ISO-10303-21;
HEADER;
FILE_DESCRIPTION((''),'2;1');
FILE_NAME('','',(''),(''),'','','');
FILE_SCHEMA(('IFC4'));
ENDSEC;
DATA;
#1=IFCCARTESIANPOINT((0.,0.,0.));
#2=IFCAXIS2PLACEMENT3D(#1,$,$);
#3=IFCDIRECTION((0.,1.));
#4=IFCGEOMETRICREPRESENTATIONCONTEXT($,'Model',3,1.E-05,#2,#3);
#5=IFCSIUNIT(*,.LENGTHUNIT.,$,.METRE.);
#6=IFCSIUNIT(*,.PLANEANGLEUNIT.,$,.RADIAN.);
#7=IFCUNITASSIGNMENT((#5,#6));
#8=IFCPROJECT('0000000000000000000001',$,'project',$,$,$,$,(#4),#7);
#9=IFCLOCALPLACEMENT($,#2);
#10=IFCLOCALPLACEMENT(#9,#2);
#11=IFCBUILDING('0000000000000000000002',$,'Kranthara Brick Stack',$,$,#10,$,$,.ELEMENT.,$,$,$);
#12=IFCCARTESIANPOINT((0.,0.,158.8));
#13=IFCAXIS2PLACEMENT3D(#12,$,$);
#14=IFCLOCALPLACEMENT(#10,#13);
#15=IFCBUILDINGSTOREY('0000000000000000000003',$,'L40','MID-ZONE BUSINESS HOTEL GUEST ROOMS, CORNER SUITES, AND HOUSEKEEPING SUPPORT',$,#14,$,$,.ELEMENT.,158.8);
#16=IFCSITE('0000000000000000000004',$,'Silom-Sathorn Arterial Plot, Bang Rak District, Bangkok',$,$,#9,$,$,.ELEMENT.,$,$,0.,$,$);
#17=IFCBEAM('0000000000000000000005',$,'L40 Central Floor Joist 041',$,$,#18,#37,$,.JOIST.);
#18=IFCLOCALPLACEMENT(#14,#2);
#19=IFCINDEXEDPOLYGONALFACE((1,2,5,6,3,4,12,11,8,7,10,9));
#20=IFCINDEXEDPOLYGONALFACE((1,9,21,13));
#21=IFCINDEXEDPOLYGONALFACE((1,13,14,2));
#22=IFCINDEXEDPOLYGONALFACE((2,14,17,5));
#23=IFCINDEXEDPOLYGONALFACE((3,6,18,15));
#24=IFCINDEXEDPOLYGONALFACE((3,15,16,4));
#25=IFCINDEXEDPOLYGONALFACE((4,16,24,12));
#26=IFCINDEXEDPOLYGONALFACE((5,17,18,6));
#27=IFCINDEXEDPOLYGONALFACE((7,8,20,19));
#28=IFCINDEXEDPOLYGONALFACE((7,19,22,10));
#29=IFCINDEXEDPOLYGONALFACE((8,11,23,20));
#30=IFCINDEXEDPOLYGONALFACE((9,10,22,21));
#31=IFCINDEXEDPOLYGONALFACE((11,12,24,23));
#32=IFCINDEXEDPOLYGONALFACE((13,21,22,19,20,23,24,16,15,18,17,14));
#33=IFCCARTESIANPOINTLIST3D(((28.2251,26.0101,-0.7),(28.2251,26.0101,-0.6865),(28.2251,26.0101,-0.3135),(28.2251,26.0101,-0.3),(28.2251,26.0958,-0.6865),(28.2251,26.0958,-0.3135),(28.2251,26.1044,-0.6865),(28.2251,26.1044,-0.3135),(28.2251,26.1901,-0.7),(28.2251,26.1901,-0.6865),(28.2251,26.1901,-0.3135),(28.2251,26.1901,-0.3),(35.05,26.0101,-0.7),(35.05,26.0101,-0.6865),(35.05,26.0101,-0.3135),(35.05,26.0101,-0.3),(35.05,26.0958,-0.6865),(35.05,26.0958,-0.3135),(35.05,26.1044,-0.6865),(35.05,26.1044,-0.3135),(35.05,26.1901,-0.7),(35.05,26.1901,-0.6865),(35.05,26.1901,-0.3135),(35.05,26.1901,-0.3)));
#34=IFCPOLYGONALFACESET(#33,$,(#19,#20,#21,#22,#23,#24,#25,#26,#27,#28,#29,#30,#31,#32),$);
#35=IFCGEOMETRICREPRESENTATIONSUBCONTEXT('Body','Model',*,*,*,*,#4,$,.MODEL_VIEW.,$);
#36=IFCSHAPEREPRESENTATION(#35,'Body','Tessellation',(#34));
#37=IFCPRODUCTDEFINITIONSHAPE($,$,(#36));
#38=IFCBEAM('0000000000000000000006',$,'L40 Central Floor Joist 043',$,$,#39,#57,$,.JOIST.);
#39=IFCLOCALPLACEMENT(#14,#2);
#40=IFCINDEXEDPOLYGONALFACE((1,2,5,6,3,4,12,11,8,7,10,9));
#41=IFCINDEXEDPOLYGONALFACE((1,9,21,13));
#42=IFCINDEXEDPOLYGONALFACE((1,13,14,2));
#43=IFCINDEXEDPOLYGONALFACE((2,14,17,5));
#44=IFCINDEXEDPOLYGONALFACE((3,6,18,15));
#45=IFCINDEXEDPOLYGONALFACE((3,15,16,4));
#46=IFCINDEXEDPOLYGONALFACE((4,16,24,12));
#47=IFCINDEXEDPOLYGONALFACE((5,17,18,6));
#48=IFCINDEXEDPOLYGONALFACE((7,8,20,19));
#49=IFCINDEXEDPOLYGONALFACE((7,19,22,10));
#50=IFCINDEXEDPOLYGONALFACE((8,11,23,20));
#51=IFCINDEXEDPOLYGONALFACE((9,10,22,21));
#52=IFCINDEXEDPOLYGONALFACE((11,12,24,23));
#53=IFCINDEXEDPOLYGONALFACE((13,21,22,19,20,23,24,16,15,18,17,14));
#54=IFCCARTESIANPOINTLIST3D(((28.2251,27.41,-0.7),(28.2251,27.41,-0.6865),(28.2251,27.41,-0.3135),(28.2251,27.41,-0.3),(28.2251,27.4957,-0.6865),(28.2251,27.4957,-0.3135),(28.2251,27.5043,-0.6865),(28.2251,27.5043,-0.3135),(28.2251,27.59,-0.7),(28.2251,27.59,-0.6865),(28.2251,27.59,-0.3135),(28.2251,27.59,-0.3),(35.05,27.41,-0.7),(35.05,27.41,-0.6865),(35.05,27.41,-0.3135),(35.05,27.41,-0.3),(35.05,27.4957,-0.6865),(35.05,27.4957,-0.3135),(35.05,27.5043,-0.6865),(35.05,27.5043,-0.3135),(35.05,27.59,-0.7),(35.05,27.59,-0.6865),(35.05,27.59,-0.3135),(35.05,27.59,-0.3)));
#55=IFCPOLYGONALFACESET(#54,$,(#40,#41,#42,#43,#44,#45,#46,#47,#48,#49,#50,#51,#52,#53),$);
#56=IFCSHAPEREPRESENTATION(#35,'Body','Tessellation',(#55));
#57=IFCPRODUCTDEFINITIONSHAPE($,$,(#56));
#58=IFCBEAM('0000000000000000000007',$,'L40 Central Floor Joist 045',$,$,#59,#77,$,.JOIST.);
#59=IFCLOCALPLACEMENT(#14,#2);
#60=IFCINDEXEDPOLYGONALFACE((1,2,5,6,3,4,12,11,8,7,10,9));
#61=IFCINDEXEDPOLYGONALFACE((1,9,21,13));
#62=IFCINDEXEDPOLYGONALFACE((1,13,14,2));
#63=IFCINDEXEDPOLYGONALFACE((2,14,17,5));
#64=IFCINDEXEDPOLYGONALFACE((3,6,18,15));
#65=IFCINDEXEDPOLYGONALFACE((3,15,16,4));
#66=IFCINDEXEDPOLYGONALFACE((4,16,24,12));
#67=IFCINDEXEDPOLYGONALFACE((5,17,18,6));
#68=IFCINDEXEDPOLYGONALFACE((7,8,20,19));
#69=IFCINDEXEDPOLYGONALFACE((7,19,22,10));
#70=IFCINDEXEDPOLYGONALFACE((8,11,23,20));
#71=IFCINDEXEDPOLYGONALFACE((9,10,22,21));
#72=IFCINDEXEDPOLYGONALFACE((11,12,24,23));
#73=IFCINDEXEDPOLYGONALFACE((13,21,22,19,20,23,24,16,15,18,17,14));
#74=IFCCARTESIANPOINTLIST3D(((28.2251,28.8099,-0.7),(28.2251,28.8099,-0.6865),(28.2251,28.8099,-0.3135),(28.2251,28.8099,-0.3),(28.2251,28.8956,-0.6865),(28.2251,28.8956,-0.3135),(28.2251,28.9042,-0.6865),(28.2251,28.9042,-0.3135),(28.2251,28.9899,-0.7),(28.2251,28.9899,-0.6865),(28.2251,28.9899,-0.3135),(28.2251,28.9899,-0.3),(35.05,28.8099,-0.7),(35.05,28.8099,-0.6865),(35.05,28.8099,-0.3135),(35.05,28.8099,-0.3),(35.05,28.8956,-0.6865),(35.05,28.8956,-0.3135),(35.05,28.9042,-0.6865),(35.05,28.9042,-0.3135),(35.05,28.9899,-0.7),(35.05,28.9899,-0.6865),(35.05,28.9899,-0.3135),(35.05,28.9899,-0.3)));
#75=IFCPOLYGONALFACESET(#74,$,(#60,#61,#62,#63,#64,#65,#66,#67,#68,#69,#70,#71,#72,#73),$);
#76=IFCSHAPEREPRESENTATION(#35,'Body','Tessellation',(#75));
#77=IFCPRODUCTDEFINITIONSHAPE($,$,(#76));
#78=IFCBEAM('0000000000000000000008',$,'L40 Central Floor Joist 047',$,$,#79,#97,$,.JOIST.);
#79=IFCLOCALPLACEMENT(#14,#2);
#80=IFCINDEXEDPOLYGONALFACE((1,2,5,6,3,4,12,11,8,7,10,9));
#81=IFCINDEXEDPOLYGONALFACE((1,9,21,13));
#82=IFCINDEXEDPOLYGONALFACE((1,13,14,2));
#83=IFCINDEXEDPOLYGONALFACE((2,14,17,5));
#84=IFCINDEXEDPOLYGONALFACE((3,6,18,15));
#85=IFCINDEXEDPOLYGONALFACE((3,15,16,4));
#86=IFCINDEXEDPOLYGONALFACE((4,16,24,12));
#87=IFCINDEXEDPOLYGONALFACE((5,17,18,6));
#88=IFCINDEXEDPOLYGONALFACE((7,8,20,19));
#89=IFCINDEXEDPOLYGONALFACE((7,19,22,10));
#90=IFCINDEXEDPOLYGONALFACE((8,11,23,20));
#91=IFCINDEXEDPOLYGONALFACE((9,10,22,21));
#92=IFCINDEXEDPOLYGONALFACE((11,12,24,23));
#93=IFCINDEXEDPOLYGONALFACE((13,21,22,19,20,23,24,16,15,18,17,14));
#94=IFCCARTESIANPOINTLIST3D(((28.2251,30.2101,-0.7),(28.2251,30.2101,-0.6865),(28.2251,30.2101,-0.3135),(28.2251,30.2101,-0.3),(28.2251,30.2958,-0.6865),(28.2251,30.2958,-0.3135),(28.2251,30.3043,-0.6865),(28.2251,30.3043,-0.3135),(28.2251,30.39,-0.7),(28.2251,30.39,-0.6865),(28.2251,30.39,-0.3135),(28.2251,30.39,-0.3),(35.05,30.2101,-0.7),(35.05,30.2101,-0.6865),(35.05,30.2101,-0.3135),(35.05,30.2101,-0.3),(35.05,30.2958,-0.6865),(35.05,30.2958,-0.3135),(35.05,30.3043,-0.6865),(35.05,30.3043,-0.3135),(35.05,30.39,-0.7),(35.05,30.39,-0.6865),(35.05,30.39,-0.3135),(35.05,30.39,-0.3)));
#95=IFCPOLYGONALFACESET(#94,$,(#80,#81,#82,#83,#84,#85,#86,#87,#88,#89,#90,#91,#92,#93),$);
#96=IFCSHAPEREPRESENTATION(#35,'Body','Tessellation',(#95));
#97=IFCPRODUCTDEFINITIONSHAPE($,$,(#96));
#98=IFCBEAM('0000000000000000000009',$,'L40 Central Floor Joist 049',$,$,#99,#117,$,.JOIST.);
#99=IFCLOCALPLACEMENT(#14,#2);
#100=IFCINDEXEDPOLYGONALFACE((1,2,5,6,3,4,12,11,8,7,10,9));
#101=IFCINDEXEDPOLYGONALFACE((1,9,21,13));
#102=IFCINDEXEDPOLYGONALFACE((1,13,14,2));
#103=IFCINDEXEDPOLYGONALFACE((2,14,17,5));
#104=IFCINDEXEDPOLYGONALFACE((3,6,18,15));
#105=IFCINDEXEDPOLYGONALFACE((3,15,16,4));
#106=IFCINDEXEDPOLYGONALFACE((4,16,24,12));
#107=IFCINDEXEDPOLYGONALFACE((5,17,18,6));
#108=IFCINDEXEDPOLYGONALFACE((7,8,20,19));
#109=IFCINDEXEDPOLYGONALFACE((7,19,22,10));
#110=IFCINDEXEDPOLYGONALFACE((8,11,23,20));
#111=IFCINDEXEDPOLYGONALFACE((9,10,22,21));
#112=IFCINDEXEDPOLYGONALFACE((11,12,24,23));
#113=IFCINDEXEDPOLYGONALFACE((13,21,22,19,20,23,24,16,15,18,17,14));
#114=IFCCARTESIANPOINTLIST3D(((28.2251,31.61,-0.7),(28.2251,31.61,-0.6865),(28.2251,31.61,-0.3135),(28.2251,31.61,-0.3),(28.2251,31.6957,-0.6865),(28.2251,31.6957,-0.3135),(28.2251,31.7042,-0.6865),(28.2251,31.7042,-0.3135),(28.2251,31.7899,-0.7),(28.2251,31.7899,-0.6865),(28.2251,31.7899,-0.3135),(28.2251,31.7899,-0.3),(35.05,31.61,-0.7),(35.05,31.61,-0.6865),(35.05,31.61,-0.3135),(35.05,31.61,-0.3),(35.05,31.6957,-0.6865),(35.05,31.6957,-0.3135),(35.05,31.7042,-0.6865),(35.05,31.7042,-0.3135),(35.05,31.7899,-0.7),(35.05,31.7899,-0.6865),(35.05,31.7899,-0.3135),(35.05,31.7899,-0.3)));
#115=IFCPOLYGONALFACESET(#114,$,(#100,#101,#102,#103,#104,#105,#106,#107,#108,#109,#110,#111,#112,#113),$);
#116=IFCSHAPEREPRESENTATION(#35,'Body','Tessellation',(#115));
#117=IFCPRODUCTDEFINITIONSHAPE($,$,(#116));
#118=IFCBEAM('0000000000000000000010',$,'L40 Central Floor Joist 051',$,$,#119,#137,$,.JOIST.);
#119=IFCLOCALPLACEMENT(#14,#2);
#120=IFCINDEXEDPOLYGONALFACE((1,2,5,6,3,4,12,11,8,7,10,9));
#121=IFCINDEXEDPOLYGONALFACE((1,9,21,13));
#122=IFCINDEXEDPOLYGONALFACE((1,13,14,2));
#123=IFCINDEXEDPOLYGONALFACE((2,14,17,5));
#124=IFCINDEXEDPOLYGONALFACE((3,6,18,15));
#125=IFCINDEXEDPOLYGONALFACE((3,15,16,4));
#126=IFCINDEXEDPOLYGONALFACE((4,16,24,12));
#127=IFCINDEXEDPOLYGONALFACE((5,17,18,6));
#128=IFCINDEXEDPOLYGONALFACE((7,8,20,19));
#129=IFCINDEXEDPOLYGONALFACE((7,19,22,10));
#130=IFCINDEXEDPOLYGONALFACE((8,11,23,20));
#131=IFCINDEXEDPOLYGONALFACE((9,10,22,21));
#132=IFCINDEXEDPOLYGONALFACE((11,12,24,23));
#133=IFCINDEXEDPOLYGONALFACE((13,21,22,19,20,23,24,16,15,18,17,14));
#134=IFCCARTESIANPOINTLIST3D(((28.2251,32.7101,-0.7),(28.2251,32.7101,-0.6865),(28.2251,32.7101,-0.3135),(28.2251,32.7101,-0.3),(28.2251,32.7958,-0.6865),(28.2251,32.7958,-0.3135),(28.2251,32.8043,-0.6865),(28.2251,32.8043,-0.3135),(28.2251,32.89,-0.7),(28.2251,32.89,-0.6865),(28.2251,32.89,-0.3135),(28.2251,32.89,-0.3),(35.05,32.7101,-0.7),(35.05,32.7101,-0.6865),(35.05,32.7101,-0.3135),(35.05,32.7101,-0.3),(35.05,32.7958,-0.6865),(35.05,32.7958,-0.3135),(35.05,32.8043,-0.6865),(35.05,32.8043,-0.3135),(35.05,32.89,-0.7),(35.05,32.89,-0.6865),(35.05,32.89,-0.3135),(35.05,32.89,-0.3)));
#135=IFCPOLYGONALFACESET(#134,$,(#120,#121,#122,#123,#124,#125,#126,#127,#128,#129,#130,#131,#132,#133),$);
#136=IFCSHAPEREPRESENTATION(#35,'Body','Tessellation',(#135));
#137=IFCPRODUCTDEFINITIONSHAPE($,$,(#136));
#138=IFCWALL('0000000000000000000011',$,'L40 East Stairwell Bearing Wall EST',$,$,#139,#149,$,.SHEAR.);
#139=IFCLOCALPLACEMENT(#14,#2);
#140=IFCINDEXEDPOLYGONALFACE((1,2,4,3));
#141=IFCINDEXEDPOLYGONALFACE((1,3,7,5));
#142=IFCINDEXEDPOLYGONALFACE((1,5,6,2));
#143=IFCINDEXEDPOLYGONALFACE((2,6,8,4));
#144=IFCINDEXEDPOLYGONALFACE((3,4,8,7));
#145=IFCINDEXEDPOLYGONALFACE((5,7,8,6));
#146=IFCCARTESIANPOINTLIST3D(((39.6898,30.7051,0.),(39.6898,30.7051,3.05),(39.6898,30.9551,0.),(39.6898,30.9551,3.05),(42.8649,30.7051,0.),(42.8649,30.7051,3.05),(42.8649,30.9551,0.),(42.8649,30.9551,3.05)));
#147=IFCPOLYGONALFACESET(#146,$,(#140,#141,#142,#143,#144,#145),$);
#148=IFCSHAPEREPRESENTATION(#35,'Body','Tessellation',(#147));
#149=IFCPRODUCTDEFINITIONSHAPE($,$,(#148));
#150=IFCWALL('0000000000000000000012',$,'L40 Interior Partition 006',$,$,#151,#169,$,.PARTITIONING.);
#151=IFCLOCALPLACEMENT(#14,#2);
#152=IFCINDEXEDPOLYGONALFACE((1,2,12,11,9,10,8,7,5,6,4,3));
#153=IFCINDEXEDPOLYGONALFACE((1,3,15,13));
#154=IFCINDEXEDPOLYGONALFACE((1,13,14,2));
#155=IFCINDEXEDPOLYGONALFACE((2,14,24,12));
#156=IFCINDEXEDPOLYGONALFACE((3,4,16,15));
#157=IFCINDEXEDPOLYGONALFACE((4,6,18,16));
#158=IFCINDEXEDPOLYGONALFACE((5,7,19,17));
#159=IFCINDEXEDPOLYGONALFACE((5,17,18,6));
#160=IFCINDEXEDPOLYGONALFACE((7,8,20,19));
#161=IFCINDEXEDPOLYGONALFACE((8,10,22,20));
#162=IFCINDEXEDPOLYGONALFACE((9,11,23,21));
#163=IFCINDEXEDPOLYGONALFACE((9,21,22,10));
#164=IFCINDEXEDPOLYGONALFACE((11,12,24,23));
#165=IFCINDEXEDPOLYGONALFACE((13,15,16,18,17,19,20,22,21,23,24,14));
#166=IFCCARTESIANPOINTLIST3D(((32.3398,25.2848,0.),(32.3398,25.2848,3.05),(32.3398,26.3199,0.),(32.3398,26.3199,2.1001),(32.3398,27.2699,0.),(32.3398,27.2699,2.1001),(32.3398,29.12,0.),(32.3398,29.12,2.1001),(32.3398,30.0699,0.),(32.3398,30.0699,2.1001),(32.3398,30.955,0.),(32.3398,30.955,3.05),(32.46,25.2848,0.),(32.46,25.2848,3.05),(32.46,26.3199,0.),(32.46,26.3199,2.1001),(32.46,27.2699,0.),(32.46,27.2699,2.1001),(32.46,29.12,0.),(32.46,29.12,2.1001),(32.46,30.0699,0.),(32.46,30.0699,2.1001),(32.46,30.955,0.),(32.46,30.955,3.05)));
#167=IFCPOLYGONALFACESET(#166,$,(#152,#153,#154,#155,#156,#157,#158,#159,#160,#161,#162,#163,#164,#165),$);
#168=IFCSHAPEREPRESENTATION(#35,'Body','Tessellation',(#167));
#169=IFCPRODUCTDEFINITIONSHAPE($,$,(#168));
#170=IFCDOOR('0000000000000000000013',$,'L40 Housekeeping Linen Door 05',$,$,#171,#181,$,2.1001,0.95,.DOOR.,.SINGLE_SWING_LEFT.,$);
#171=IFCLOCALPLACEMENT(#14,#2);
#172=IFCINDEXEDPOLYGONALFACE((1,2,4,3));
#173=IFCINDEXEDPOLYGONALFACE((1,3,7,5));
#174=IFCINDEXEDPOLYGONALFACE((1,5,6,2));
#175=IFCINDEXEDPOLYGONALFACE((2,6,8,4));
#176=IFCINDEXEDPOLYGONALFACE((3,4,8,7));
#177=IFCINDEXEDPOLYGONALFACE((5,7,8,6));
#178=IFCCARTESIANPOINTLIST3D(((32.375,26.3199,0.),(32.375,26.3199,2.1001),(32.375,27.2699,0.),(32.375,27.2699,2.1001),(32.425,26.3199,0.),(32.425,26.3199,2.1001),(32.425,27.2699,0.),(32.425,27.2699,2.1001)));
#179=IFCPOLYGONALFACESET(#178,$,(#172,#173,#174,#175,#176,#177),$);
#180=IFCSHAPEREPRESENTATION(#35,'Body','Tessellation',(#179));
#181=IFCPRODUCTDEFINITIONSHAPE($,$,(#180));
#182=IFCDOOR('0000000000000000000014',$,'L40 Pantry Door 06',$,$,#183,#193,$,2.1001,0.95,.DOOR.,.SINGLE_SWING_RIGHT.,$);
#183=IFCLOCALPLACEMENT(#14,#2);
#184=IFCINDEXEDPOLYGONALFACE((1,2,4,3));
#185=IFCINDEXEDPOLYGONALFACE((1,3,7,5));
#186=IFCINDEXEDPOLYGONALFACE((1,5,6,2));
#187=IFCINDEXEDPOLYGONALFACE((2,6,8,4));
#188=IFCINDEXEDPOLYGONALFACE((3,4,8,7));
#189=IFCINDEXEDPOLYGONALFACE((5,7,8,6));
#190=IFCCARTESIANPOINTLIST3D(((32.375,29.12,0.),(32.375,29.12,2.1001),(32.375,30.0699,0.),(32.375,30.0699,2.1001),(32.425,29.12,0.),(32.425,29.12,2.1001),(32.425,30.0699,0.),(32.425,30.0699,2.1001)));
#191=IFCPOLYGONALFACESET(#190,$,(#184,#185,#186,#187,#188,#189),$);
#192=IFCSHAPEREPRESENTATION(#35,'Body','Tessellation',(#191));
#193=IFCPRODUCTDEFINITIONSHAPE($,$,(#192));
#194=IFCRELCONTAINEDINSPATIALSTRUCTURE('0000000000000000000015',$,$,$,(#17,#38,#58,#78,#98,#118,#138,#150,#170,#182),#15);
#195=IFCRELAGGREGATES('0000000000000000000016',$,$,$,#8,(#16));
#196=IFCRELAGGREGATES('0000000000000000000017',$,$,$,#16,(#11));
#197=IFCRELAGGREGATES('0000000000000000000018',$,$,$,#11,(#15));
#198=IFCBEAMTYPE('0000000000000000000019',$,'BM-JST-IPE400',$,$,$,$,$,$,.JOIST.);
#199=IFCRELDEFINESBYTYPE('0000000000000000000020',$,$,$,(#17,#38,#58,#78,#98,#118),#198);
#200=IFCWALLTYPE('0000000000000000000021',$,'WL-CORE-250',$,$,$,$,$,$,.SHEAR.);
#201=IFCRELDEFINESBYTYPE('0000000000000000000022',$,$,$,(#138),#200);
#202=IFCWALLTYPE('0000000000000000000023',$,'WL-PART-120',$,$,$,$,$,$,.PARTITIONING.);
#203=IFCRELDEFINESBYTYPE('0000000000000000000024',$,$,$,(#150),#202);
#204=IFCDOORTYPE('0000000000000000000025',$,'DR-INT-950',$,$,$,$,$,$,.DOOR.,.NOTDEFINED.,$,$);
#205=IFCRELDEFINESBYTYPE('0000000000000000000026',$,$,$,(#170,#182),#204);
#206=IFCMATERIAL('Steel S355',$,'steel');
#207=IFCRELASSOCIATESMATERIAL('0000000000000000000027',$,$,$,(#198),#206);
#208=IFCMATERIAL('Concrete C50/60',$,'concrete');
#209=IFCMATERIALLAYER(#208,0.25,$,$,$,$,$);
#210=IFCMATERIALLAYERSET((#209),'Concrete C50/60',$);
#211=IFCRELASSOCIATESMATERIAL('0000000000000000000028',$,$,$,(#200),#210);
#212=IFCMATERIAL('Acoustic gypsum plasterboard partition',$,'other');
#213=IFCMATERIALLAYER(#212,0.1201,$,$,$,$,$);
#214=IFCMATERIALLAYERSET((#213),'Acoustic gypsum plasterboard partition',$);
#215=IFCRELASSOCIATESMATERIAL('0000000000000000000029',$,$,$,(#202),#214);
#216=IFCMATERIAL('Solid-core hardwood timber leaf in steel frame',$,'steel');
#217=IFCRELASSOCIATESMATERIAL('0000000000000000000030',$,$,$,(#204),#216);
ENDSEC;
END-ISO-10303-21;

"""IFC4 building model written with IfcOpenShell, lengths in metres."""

from ifc_helpers import new_model, si_unit, direction, frame, frame_2d, origin, origin_2d, place, context, subcontext, project, spatial, rectangle, i_section, extrude, material, layer, layer_set, material_profile, profile_set, type_object, element, fill, save


model = new_model("IFC4")

# Units and contexts
model_context = context("Model", 3, precision=1e-05, world=origin(), true_north=direction((0.0, 1.0)))
body_context = subcontext(model_context, "Body", "Model", "MODEL_VIEW")
ifc_project = project(units=[si_unit("LENGTHUNIT", "METRE"), si_unit("PLANEANGLEUNIT", "RADIAN")], contexts=[model_context])

# Site, building, storey
site_placement = place(None, origin())
site = spatial("IfcSite", under=ifc_project, at=site_placement, Name="Silom-Sathorn Arterial Plot, Bang Rak District, Bangkok", CompositionType="ELEMENT", RefElevation=0.0)
building_placement = place(site_placement, origin())
building = spatial("IfcBuilding", under=site, at=building_placement, Name="Kranthara Brick Stack", CompositionType="ELEMENT")
storey_placement = place(building_placement, frame((0.0, 0.0, 158.8)))
storey = spatial("IfcBuildingStorey", under=building, at=storey_placement, Name="L40", Description="MID-ZONE BUSINESS HOTEL GUEST ROOMS, CORNER SUITES, AND HOUSEKEEPING SUPPORT", CompositionType="ELEMENT", Elevation=158.8)

# Beams
ifc_material_1 = material(Name="Steel S355", Category="steel")
ifc_material_profile = material_profile(ifc_material_1, i_section(OverallWidth=0.1799, OverallDepth=0.3999, WebThickness=0.0085, FlangeThickness=0.0134, at=origin_2d()), Name="IPE 400")
ifc_profile_set = profile_set([ifc_material_profile], Name="Steel S355")
beam_type = type_object("IfcBeamType", Name="BM-JST-IPE400", PredefinedType="JOIST", material=ifc_profile_set)
for number, where, z_axis, x_axis, name in (
    (1, (28.2251, 26.1001, -0.5), (1.0, 0.0, 0.0), (0.0, 1.0, 0.0), "L40 Central Floor Joist 041"),
    (2, (28.2251, 27.5, -0.5), (1.0, 0.0, 0.0), (0.0, 1.0, 0.0), "L40 Central Floor Joist 043"),
    (3, (28.2251, 28.8999, -0.5), (1.0, 0.0, 0.0), (0.0, 1.0, 0.0), "L40 Central Floor Joist 045"),
    (4, (28.2251, 30.3, -0.5), (1.0, 0.0, 0.0), (0.0, 1.0, 0.0), "L40 Central Floor Joist 047"),
    (5, (28.2251, 31.7, -0.5), (1.0, 0.0, 0.0), (0.0, 1.0, 0.0), "L40 Central Floor Joist 049"),
    (6, (28.2251, 32.8, -0.5), (1.0, 0.0, 0.0), (0.0, 1.0, 0.0), "L40 Central Floor Joist 051"),
):
    element("IfcBeam", number, at=place(storey_placement, frame(where, z_axis=z_axis, x_axis=x_axis)), inside=storey, type_object=beam_type, Name=name, PredefinedType="JOIST", context=body_context, shape_type="SweptSolid", body=[
        extrude(i_section(OverallWidth=0.1799, OverallDepth=0.3999, WebThickness=0.0085, FlangeThickness=0.0134, at=origin_2d()), origin(), (0.0, 0.0, 1.0), 6.825),
    ])

# Wall
ifc_material_2 = material(Name="Concrete C50/60", Category="concrete")
ifc_layer_1 = layer(ifc_material_2, 0.25)
ifc_layer_set_1 = layer_set([ifc_layer_1], Name="Concrete C50/60")
wall_type_1 = type_object("IfcWallType", Name="WL-CORE-250", PredefinedType="SHEAR", material=ifc_layer_set_1)
wall_1_placement = place(storey_placement, frame((39.6899, 30.8301, 0.0), z_axis=(0.0, 0.0, 1.0), x_axis=(1.0, 0.0, 0.0)))
element("IfcWall", 7, at=wall_1_placement, inside=storey, type_object=wall_type_1, Name="L40 East Stairwell Bearing Wall EST", PredefinedType="SHEAR", context=body_context, shape_type="SweptSolid", body=[
    extrude(rectangle(XDim=3.175, YDim=0.25, at=frame_2d((1.5874, 0.0))), origin(), (0.0, 0.0, 1.0), 3.05),
])

# Wall, openings, doors
ifc_material_3 = material(Name="Acoustic gypsum plasterboard partition", Category="other")
ifc_layer_2 = layer(ifc_material_3, 0.1201)
ifc_layer_set_2 = layer_set([ifc_layer_2], Name="Acoustic gypsum plasterboard partition")
wall_type_2 = type_object("IfcWallType", Name="WL-PART-120", PredefinedType="PARTITIONING", material=ifc_layer_set_2)
wall_2_placement = place(storey_placement, frame((32.3999, 25.2849, 0.0), z_axis=(0.0, 0.0, 1.0), x_axis=(0.0, 1.0, 0.0)))
wall_2 = element("IfcWall", 8, at=wall_2_placement, inside=storey, type_object=wall_type_2, Name="L40 Interior Partition 006", PredefinedType="PARTITIONING", context=body_context, shape_type="SweptSolid", body=[
    extrude(rectangle(XDim=5.6702, YDim=0.1201, at=frame_2d((2.835, 0.0))), origin(), (0.0, 0.0, 1.0), 3.05),
])
opening_1_placement = place(wall_2_placement, frame((1.0349, 0.0, 0.0)))
opening_1 = element("IfcOpeningElement", 9, at=opening_1_placement, cuts=wall_2, PredefinedType="OPENING", context=body_context, shape_type="SweptSolid", body=[
    extrude(rectangle(XDim=0.95, YDim=2.1001, at=frame_2d((0.4751, 1.05))), frame((0.0, 0.0701, 0.0), z_axis=(0.0, -1.0, 0.0), x_axis=(1.0, 0.0, 0.0)), (0.0, 0.0, 1.0), 0.1401),
])
opening_2_placement = place(wall_2_placement, frame((3.835, 0.0, 0.0)))
opening_2 = element("IfcOpeningElement", 10, at=opening_2_placement, cuts=wall_2, PredefinedType="OPENING", context=body_context, shape_type="SweptSolid", body=[
    extrude(rectangle(XDim=0.95, YDim=2.1001, at=frame_2d((0.4751, 1.05))), frame((0.0, 0.0701, 0.0), z_axis=(0.0, -1.0, 0.0), x_axis=(1.0, 0.0, 0.0)), (0.0, 0.0, 1.0), 0.1401),
])
ifc_material_4 = material(Name="Solid-core hardwood timber leaf in steel frame", Category="steel")
door_type_1 = type_object("IfcDoorType", Name="DR-INT-950", OperationType="NOTDEFINED", PredefinedType="DOOR", material=ifc_material_4)
door_1_placement = place(opening_1_placement, origin())
door_1 = element("IfcDoor", 11, at=door_1_placement, inside=storey, type_object=door_type_1, Name="L40 Housekeeping Linen Door 05", OperationType="SINGLE_SWING_LEFT", OverallHeight=2.1001, OverallWidth=0.95, PredefinedType="DOOR", context=body_context, shape_type="SweptSolid", body=[
    extrude(rectangle(XDim=0.95, YDim=2.1001, at=frame_2d((0.4751, 1.05))), frame((0.0, 0.0249, 0.0), z_axis=(0.0, -1.0, 0.0), x_axis=(1.0, 0.0, 0.0)), (0.0, 0.0, 1.0), 0.05),
])
fill(opening_1, door_1)
door_2_placement = place(opening_2_placement, origin())
door_2 = element("IfcDoor", 12, at=door_2_placement, inside=storey, type_object=door_type_1, Name="L40 Pantry Door 06", OperationType="SINGLE_SWING_RIGHT", OverallHeight=2.1001, OverallWidth=0.95, PredefinedType="DOOR", context=body_context, shape_type="SweptSolid", body=[
    extrude(rectangle(XDim=0.95, YDim=2.1001, at=frame_2d((0.4751, 1.05))), frame((0.0, 0.0249, 0.0), z_axis=(0.0, -1.0, 0.0), x_axis=(1.0, 0.0, 0.0)), (0.0, 0.0, 1.0), 0.05),
])
fill(opening_2, door_2)

save(model, "model.ifc")
